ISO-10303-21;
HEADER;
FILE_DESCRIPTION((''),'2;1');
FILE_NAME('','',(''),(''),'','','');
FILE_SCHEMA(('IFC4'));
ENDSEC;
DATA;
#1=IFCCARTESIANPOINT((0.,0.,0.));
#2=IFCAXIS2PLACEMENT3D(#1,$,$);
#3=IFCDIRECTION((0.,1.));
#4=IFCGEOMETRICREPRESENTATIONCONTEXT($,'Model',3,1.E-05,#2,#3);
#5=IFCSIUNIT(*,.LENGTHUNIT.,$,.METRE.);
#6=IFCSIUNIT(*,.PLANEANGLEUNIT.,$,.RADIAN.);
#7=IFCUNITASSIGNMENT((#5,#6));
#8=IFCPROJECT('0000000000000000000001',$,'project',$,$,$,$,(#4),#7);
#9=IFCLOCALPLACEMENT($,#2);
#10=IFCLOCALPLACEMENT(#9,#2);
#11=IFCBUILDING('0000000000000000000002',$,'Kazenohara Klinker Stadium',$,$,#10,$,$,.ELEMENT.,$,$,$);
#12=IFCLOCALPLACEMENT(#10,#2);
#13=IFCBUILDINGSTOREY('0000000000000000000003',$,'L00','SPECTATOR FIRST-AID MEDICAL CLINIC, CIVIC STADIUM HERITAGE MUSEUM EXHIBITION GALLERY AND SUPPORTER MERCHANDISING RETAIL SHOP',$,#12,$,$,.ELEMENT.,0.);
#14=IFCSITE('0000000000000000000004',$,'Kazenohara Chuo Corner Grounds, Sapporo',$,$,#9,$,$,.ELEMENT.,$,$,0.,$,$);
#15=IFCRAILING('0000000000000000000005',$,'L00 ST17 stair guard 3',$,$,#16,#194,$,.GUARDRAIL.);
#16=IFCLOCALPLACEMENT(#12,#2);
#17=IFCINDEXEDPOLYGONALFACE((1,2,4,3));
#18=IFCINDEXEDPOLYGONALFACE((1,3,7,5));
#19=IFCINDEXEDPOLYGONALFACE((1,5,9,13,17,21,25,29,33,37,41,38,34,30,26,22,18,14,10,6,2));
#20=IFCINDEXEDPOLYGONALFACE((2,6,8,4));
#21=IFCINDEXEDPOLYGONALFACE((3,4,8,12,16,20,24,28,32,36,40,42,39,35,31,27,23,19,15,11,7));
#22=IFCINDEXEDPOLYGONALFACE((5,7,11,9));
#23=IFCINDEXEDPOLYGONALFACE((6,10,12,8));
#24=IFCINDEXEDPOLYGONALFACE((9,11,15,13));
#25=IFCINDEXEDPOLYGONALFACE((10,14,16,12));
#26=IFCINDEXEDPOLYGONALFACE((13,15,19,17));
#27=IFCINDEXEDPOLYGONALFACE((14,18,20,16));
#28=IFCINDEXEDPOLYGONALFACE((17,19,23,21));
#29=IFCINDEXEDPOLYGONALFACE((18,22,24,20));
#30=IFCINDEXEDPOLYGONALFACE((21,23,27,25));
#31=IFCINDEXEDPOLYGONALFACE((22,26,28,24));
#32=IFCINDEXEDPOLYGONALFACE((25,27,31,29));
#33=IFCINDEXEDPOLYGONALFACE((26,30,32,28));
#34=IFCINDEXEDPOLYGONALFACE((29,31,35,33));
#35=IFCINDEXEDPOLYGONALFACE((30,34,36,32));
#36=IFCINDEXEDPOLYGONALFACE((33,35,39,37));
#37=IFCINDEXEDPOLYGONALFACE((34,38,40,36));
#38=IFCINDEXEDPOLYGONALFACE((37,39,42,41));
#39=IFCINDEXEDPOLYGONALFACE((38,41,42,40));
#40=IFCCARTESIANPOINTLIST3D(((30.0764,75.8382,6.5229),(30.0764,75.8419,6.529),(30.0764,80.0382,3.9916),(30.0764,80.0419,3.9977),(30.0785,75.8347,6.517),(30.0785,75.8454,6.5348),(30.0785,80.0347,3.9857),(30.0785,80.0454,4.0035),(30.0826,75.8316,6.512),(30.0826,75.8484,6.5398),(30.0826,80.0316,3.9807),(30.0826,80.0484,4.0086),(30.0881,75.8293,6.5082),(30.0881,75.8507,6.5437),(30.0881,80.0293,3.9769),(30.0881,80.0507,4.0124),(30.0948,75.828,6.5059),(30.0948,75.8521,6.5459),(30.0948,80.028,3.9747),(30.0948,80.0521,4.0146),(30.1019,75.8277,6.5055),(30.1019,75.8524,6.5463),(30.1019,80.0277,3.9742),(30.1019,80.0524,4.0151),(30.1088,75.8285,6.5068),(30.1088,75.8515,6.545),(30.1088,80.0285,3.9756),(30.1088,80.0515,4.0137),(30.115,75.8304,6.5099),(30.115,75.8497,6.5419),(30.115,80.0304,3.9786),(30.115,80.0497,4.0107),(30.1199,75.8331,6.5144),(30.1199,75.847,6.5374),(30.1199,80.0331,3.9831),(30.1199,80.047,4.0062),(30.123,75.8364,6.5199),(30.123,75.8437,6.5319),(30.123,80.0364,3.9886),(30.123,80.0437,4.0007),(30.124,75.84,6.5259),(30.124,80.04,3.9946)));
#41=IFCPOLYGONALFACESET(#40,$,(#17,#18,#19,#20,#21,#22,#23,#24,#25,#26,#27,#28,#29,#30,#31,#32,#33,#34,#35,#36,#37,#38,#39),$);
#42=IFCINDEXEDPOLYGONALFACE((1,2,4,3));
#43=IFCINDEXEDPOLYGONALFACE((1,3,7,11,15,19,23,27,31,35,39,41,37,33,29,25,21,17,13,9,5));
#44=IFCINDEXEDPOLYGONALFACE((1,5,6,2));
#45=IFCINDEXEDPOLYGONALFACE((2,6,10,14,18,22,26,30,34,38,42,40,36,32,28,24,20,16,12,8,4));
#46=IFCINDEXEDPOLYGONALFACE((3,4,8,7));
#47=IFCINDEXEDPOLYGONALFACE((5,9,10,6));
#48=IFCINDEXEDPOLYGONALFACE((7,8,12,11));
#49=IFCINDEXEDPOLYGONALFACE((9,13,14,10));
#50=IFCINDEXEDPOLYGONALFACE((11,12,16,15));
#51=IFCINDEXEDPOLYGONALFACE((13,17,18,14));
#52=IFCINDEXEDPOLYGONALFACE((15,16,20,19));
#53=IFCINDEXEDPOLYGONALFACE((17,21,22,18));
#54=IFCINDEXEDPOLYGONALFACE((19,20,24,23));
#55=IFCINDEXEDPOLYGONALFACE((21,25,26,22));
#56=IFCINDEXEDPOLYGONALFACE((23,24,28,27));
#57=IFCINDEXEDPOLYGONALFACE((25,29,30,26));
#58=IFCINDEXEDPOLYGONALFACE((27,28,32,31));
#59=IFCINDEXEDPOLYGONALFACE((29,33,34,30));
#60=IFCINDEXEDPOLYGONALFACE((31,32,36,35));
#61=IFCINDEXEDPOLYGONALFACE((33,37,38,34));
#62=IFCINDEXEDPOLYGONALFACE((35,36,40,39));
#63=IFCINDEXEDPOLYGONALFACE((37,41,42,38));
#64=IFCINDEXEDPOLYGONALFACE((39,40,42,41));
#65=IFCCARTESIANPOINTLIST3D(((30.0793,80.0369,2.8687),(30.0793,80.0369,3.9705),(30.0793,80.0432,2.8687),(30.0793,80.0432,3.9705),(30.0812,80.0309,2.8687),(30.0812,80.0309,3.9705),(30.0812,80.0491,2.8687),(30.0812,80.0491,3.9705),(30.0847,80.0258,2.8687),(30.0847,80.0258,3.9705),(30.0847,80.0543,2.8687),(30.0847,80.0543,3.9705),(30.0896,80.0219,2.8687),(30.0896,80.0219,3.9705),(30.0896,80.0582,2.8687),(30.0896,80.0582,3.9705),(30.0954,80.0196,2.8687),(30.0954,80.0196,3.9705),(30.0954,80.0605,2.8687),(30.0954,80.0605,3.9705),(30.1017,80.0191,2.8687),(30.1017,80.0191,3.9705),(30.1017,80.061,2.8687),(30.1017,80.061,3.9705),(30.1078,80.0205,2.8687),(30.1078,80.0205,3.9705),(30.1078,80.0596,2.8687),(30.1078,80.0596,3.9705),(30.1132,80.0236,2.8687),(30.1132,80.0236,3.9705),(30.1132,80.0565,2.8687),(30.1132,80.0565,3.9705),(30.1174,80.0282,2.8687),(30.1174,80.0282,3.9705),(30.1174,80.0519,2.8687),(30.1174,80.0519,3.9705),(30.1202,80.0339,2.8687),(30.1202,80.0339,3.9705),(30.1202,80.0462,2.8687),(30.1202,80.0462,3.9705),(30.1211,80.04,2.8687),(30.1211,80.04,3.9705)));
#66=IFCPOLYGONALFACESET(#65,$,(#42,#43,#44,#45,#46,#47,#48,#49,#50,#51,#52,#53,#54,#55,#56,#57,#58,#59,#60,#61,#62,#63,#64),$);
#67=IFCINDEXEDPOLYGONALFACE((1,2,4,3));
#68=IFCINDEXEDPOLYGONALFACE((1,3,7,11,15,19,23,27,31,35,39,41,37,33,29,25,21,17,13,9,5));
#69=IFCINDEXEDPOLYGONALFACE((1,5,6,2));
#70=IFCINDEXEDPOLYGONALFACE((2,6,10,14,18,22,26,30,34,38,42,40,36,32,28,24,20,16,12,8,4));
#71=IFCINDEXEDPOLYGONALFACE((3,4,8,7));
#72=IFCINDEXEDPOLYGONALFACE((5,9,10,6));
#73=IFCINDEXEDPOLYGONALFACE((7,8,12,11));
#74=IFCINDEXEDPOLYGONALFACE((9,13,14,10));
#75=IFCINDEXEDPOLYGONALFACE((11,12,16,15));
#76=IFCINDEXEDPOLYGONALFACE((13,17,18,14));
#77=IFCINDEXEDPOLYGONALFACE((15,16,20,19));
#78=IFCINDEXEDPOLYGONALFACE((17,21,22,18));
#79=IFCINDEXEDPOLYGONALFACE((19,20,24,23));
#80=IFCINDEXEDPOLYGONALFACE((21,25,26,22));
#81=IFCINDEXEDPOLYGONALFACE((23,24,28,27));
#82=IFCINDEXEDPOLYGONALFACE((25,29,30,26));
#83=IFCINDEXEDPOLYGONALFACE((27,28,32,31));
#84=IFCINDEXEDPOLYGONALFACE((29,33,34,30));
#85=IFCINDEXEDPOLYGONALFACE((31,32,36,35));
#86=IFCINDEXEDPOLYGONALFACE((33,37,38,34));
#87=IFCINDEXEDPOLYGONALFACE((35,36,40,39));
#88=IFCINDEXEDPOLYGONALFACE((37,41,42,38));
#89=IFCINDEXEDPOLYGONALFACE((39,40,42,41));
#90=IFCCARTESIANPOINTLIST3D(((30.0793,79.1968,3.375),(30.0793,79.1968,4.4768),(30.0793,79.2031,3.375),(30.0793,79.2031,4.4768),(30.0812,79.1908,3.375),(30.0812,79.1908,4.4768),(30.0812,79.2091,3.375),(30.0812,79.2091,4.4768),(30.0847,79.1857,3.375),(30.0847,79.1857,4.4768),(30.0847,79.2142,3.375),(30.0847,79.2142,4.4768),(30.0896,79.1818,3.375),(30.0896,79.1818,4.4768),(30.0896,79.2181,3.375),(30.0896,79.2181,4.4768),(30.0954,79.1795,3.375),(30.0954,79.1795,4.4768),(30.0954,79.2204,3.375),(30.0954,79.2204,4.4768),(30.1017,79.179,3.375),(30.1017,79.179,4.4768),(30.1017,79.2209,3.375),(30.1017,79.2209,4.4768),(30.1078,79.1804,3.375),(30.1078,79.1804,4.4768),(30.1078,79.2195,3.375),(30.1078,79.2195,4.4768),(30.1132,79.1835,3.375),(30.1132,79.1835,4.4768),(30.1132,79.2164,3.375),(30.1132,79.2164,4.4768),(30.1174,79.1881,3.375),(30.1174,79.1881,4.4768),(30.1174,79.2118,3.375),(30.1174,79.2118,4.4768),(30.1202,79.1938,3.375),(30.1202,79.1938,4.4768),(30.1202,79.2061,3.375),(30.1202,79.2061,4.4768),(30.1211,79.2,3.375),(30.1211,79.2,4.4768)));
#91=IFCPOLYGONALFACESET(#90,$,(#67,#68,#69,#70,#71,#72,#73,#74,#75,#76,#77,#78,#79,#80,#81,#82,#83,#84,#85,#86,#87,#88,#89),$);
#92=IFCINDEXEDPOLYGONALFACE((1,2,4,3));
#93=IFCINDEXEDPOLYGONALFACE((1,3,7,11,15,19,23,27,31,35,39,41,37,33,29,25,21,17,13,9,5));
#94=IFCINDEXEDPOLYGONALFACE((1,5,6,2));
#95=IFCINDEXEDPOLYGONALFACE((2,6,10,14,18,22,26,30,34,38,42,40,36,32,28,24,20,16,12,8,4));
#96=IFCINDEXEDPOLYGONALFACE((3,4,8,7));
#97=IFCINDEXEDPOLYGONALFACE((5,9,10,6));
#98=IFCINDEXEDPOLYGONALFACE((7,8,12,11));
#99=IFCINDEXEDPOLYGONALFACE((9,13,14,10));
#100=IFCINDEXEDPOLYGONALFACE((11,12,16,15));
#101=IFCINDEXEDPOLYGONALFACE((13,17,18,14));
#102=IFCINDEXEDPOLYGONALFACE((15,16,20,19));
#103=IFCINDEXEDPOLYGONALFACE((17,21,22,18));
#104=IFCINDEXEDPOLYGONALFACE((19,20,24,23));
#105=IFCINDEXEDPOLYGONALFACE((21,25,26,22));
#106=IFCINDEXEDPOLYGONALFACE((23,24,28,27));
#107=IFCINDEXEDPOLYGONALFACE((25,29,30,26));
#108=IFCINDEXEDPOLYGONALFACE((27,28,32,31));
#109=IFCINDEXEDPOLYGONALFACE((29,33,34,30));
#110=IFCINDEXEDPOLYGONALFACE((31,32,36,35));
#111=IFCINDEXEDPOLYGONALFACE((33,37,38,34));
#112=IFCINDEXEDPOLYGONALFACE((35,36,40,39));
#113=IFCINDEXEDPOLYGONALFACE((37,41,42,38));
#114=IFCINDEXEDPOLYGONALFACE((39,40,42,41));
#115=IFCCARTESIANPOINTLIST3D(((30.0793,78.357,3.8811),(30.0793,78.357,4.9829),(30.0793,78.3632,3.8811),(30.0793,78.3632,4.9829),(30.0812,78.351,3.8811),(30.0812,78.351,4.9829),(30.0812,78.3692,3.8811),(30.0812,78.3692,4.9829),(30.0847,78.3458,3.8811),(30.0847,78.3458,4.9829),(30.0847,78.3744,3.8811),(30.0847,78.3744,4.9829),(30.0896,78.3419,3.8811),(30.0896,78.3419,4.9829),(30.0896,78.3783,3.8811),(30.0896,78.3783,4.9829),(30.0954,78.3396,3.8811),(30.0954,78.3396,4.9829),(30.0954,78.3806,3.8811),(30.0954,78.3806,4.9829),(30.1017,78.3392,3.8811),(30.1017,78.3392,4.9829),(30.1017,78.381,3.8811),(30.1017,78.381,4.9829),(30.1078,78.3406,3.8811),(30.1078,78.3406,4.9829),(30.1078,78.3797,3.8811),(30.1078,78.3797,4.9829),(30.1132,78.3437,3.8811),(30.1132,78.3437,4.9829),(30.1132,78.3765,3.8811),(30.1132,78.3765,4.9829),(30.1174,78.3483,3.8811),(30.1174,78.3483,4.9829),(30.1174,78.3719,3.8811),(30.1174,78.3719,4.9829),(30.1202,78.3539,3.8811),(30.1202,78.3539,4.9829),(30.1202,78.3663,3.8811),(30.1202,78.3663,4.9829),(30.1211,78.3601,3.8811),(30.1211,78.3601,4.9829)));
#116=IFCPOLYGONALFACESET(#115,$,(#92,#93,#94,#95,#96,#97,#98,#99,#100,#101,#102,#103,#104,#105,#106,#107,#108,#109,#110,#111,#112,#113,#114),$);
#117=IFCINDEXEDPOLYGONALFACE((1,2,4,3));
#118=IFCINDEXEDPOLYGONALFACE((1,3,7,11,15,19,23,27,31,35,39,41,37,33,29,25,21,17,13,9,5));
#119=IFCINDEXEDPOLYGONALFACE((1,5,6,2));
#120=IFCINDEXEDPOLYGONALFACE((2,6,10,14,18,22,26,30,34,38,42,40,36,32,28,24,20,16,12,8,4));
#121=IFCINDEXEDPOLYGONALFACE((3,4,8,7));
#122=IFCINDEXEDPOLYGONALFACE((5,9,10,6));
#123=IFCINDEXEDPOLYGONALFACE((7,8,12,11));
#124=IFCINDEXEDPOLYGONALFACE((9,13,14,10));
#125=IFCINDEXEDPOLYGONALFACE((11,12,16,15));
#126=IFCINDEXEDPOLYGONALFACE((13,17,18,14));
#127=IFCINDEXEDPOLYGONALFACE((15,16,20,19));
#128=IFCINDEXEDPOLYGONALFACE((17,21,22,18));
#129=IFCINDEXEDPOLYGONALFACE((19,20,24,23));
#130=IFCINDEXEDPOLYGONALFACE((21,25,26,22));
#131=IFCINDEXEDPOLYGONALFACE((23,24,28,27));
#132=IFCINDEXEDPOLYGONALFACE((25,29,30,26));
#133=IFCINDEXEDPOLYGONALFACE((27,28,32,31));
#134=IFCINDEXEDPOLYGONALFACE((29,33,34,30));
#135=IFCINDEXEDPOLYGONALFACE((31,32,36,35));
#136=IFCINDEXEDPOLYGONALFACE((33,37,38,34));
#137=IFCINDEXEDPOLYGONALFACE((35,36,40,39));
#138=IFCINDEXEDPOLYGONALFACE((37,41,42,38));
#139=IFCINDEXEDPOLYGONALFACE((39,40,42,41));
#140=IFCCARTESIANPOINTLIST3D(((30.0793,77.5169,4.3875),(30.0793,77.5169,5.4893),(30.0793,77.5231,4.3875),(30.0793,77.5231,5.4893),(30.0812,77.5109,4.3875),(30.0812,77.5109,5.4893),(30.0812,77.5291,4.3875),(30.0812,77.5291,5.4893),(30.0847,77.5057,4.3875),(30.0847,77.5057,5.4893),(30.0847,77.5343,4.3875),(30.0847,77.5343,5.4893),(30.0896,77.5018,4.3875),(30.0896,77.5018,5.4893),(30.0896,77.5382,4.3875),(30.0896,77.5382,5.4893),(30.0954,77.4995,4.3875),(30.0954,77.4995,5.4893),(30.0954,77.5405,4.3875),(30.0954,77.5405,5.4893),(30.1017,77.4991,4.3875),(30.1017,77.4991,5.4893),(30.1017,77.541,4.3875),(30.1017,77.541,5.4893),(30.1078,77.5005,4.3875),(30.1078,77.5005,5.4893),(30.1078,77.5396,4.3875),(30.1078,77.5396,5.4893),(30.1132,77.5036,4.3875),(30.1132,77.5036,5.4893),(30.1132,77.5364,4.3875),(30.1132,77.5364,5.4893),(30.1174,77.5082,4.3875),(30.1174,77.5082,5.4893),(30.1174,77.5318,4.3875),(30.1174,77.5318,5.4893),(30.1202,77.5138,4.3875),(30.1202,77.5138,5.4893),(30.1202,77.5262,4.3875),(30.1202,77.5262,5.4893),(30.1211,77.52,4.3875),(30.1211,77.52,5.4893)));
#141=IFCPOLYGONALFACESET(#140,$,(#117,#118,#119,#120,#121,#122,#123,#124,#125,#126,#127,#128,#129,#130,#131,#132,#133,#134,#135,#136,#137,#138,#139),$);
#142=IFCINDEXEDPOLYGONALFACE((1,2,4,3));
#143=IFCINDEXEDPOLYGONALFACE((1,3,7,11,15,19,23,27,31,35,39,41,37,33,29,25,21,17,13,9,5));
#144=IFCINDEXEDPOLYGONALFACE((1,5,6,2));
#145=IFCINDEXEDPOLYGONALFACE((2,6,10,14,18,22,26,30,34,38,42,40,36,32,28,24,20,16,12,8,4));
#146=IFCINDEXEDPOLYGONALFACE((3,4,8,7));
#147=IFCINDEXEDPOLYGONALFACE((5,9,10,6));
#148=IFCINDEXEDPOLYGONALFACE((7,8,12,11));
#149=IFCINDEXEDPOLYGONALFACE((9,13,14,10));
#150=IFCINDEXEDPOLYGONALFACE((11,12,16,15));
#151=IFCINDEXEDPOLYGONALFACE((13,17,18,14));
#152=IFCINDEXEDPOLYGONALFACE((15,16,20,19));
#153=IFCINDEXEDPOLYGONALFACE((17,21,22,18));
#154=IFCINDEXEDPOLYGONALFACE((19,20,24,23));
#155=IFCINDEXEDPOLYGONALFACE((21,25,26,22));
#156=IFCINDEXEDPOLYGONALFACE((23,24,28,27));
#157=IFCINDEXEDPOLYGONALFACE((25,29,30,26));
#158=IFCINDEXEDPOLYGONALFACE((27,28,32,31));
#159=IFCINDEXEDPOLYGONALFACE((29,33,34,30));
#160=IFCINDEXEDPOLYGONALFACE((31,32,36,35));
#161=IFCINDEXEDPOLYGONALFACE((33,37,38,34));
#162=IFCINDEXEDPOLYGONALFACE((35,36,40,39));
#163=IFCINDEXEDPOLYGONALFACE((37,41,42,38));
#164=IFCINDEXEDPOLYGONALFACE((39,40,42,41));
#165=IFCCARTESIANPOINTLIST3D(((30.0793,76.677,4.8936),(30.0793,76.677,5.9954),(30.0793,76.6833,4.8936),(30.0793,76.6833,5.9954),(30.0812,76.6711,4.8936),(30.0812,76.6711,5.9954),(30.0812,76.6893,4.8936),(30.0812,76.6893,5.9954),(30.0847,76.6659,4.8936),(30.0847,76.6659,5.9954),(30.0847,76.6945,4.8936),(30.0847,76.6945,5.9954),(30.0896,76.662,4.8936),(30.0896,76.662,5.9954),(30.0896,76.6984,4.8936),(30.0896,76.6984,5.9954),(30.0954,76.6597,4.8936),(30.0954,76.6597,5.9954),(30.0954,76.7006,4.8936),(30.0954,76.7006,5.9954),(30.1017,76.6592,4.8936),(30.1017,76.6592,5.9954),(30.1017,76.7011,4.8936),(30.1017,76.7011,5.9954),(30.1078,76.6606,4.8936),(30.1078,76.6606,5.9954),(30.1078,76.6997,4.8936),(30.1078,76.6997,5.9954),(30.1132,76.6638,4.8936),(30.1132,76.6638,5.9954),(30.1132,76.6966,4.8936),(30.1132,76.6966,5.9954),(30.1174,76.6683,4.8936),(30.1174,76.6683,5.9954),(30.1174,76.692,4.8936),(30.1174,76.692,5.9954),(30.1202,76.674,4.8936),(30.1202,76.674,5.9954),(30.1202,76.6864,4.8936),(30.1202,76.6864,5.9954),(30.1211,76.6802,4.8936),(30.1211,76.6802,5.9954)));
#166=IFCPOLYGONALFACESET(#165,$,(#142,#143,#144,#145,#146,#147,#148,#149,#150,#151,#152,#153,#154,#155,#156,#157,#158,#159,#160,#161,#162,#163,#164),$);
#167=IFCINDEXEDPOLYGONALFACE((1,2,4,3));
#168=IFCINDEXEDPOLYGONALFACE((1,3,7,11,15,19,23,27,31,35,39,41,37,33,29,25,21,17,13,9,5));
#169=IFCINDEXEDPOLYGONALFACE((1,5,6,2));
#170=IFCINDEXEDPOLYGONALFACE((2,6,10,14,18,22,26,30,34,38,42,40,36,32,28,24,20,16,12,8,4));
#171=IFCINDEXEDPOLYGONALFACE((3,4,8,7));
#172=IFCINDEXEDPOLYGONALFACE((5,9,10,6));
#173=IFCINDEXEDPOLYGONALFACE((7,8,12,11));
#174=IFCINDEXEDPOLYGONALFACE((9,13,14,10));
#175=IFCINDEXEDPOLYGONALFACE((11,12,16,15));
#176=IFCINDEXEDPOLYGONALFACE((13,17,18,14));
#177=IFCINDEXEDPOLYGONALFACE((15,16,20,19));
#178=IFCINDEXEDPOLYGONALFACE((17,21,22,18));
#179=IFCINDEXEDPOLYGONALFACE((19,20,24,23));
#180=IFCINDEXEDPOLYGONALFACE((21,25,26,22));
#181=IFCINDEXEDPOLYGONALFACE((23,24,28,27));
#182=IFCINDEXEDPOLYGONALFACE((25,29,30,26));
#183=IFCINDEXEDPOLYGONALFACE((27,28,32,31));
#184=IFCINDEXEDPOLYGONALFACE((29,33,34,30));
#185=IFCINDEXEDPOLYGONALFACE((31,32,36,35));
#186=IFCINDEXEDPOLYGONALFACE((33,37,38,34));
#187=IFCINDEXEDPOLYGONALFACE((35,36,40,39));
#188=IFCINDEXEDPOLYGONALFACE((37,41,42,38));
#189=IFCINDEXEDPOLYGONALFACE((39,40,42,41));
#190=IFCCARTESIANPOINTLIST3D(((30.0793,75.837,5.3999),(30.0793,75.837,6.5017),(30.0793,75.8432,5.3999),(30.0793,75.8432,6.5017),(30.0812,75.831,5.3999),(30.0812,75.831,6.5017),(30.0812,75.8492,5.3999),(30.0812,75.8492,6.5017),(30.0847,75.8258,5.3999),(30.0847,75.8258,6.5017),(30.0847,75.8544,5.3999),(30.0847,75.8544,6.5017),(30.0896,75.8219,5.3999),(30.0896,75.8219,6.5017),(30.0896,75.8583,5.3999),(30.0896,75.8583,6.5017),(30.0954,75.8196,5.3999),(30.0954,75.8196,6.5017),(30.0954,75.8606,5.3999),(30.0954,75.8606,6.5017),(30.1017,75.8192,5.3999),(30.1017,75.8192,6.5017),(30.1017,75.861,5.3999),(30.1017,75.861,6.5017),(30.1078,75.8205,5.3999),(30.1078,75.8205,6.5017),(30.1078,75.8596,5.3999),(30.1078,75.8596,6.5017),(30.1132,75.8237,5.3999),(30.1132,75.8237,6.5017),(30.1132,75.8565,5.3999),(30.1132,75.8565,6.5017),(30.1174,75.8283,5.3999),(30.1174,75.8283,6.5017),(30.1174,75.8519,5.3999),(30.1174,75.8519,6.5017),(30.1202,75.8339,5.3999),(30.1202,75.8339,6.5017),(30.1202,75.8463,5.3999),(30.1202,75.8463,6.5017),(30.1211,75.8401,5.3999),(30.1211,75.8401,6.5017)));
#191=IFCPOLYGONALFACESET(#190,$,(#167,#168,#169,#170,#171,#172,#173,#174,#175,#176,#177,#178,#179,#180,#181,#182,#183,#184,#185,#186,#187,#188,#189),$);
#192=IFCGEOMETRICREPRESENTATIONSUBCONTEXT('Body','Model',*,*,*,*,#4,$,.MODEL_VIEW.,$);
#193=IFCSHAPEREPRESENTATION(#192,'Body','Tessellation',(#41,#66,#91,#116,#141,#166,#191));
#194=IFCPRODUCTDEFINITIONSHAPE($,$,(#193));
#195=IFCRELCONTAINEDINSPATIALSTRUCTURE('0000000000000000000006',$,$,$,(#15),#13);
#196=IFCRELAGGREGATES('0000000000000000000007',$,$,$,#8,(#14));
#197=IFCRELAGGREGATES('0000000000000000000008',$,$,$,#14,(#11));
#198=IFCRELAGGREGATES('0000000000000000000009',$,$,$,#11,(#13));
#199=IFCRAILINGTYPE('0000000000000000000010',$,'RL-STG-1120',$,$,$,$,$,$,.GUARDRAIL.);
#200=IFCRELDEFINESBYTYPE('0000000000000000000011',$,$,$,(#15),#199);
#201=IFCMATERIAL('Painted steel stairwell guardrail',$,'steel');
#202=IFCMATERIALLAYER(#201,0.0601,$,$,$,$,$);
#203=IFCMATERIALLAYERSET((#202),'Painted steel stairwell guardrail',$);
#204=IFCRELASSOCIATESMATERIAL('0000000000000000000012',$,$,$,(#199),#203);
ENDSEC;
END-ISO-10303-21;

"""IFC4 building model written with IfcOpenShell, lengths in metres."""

from ifc_helpers import new_model, si_unit, direction, frame, origin, origin_2d, place, context, subcontext, project, spatial, circle, extrude, material, layer, layer_set, type_object, element, save


model = new_model("IFC4")

# Units and contexts
model_context = context("Model", 3, precision=1e-05, world=origin(), true_north=direction((0.0, 1.0)))
body_context = subcontext(model_context, "Body", "Model", "MODEL_VIEW")
ifc_project = project(units=[si_unit("LENGTHUNIT", "METRE"), si_unit("PLANEANGLEUNIT", "RADIAN")], contexts=[model_context])

# Site, building, storey
site_placement = place(None, origin())
site = spatial("IfcSite", under=ifc_project, at=site_placement, Name="Kazenohara Chuo Corner Grounds, Sapporo", CompositionType="ELEMENT", RefElevation=0.0)
building_placement = place(site_placement, origin())
building = spatial("IfcBuilding", under=site, at=building_placement, Name="Kazenohara Klinker Stadium", CompositionType="ELEMENT")
storey_placement = place(building_placement, origin())
storey = spatial("IfcBuildingStorey", under=building, at=storey_placement, Name="L00", Description="SPECTATOR FIRST-AID MEDICAL CLINIC, CIVIC STADIUM HERITAGE MUSEUM EXHIBITION GALLERY AND SUPPORTER MERCHANDISING RETAIL SHOP", CompositionType="ELEMENT", Elevation=0.0)

# Railing
ifc_material_1 = material(Name="Painted steel stairwell guardrail", Category="steel")
ifc_layer_1 = layer(ifc_material_1, 0.0601)
ifc_layer_set_1 = layer_set([ifc_layer_1], Name="Painted steel stairwell guardrail")
railing_type_1 = type_object("IfcRailingType", Name="RL-STG-1120", PredefinedType="GUARDRAIL", material=ifc_layer_set_1)
railing_1_placement = place(storey_placement, frame((30.1001, 80.04, 2.8687)))
element("IfcRailing", 1, at=railing_1_placement, inside=storey, type_object=railing_type_1, Name="L00 ST17 stair guard 3", PredefinedType="GUARDRAIL", context=body_context, shape_type="SweptSolid", body=[
    extrude(circle(Radius=0.0239, at=origin_2d()), frame((0.0, 0.0, 1.126), z_axis=(0.0, -0.856476, 0.516186), x_axis=(1.0, 0.0, 0.0)), (0.0, 0.0, 1.0), 4.9038),
    extrude(circle(Radius=0.021, at=origin_2d()), origin(), (0.0, 0.0, 1.0), 1.1018),
    extrude(circle(Radius=0.021, at=origin_2d()), frame((0.0, -0.8401, 0.5063)), (0.0, 0.0, 1.0), 1.1018),
    extrude(circle(Radius=0.021, at=origin_2d()), frame((0.0, -1.6799, 1.0125)), (0.0, 0.0, 1.0), 1.1018),
    extrude(circle(Radius=0.021, at=origin_2d()), frame((0.0, -2.52, 1.5188)), (0.0, 0.0, 1.0), 1.1018),
    extrude(circle(Radius=0.021, at=origin_2d()), frame((0.0, -3.3599, 2.0249)), (0.0, 0.0, 1.0), 1.1018),
    extrude(circle(Radius=0.021, at=origin_2d()), frame((0.0, -4.2, 2.5312)), (0.0, 0.0, 1.0), 1.1018),
])

save(model, "model.ifc")
